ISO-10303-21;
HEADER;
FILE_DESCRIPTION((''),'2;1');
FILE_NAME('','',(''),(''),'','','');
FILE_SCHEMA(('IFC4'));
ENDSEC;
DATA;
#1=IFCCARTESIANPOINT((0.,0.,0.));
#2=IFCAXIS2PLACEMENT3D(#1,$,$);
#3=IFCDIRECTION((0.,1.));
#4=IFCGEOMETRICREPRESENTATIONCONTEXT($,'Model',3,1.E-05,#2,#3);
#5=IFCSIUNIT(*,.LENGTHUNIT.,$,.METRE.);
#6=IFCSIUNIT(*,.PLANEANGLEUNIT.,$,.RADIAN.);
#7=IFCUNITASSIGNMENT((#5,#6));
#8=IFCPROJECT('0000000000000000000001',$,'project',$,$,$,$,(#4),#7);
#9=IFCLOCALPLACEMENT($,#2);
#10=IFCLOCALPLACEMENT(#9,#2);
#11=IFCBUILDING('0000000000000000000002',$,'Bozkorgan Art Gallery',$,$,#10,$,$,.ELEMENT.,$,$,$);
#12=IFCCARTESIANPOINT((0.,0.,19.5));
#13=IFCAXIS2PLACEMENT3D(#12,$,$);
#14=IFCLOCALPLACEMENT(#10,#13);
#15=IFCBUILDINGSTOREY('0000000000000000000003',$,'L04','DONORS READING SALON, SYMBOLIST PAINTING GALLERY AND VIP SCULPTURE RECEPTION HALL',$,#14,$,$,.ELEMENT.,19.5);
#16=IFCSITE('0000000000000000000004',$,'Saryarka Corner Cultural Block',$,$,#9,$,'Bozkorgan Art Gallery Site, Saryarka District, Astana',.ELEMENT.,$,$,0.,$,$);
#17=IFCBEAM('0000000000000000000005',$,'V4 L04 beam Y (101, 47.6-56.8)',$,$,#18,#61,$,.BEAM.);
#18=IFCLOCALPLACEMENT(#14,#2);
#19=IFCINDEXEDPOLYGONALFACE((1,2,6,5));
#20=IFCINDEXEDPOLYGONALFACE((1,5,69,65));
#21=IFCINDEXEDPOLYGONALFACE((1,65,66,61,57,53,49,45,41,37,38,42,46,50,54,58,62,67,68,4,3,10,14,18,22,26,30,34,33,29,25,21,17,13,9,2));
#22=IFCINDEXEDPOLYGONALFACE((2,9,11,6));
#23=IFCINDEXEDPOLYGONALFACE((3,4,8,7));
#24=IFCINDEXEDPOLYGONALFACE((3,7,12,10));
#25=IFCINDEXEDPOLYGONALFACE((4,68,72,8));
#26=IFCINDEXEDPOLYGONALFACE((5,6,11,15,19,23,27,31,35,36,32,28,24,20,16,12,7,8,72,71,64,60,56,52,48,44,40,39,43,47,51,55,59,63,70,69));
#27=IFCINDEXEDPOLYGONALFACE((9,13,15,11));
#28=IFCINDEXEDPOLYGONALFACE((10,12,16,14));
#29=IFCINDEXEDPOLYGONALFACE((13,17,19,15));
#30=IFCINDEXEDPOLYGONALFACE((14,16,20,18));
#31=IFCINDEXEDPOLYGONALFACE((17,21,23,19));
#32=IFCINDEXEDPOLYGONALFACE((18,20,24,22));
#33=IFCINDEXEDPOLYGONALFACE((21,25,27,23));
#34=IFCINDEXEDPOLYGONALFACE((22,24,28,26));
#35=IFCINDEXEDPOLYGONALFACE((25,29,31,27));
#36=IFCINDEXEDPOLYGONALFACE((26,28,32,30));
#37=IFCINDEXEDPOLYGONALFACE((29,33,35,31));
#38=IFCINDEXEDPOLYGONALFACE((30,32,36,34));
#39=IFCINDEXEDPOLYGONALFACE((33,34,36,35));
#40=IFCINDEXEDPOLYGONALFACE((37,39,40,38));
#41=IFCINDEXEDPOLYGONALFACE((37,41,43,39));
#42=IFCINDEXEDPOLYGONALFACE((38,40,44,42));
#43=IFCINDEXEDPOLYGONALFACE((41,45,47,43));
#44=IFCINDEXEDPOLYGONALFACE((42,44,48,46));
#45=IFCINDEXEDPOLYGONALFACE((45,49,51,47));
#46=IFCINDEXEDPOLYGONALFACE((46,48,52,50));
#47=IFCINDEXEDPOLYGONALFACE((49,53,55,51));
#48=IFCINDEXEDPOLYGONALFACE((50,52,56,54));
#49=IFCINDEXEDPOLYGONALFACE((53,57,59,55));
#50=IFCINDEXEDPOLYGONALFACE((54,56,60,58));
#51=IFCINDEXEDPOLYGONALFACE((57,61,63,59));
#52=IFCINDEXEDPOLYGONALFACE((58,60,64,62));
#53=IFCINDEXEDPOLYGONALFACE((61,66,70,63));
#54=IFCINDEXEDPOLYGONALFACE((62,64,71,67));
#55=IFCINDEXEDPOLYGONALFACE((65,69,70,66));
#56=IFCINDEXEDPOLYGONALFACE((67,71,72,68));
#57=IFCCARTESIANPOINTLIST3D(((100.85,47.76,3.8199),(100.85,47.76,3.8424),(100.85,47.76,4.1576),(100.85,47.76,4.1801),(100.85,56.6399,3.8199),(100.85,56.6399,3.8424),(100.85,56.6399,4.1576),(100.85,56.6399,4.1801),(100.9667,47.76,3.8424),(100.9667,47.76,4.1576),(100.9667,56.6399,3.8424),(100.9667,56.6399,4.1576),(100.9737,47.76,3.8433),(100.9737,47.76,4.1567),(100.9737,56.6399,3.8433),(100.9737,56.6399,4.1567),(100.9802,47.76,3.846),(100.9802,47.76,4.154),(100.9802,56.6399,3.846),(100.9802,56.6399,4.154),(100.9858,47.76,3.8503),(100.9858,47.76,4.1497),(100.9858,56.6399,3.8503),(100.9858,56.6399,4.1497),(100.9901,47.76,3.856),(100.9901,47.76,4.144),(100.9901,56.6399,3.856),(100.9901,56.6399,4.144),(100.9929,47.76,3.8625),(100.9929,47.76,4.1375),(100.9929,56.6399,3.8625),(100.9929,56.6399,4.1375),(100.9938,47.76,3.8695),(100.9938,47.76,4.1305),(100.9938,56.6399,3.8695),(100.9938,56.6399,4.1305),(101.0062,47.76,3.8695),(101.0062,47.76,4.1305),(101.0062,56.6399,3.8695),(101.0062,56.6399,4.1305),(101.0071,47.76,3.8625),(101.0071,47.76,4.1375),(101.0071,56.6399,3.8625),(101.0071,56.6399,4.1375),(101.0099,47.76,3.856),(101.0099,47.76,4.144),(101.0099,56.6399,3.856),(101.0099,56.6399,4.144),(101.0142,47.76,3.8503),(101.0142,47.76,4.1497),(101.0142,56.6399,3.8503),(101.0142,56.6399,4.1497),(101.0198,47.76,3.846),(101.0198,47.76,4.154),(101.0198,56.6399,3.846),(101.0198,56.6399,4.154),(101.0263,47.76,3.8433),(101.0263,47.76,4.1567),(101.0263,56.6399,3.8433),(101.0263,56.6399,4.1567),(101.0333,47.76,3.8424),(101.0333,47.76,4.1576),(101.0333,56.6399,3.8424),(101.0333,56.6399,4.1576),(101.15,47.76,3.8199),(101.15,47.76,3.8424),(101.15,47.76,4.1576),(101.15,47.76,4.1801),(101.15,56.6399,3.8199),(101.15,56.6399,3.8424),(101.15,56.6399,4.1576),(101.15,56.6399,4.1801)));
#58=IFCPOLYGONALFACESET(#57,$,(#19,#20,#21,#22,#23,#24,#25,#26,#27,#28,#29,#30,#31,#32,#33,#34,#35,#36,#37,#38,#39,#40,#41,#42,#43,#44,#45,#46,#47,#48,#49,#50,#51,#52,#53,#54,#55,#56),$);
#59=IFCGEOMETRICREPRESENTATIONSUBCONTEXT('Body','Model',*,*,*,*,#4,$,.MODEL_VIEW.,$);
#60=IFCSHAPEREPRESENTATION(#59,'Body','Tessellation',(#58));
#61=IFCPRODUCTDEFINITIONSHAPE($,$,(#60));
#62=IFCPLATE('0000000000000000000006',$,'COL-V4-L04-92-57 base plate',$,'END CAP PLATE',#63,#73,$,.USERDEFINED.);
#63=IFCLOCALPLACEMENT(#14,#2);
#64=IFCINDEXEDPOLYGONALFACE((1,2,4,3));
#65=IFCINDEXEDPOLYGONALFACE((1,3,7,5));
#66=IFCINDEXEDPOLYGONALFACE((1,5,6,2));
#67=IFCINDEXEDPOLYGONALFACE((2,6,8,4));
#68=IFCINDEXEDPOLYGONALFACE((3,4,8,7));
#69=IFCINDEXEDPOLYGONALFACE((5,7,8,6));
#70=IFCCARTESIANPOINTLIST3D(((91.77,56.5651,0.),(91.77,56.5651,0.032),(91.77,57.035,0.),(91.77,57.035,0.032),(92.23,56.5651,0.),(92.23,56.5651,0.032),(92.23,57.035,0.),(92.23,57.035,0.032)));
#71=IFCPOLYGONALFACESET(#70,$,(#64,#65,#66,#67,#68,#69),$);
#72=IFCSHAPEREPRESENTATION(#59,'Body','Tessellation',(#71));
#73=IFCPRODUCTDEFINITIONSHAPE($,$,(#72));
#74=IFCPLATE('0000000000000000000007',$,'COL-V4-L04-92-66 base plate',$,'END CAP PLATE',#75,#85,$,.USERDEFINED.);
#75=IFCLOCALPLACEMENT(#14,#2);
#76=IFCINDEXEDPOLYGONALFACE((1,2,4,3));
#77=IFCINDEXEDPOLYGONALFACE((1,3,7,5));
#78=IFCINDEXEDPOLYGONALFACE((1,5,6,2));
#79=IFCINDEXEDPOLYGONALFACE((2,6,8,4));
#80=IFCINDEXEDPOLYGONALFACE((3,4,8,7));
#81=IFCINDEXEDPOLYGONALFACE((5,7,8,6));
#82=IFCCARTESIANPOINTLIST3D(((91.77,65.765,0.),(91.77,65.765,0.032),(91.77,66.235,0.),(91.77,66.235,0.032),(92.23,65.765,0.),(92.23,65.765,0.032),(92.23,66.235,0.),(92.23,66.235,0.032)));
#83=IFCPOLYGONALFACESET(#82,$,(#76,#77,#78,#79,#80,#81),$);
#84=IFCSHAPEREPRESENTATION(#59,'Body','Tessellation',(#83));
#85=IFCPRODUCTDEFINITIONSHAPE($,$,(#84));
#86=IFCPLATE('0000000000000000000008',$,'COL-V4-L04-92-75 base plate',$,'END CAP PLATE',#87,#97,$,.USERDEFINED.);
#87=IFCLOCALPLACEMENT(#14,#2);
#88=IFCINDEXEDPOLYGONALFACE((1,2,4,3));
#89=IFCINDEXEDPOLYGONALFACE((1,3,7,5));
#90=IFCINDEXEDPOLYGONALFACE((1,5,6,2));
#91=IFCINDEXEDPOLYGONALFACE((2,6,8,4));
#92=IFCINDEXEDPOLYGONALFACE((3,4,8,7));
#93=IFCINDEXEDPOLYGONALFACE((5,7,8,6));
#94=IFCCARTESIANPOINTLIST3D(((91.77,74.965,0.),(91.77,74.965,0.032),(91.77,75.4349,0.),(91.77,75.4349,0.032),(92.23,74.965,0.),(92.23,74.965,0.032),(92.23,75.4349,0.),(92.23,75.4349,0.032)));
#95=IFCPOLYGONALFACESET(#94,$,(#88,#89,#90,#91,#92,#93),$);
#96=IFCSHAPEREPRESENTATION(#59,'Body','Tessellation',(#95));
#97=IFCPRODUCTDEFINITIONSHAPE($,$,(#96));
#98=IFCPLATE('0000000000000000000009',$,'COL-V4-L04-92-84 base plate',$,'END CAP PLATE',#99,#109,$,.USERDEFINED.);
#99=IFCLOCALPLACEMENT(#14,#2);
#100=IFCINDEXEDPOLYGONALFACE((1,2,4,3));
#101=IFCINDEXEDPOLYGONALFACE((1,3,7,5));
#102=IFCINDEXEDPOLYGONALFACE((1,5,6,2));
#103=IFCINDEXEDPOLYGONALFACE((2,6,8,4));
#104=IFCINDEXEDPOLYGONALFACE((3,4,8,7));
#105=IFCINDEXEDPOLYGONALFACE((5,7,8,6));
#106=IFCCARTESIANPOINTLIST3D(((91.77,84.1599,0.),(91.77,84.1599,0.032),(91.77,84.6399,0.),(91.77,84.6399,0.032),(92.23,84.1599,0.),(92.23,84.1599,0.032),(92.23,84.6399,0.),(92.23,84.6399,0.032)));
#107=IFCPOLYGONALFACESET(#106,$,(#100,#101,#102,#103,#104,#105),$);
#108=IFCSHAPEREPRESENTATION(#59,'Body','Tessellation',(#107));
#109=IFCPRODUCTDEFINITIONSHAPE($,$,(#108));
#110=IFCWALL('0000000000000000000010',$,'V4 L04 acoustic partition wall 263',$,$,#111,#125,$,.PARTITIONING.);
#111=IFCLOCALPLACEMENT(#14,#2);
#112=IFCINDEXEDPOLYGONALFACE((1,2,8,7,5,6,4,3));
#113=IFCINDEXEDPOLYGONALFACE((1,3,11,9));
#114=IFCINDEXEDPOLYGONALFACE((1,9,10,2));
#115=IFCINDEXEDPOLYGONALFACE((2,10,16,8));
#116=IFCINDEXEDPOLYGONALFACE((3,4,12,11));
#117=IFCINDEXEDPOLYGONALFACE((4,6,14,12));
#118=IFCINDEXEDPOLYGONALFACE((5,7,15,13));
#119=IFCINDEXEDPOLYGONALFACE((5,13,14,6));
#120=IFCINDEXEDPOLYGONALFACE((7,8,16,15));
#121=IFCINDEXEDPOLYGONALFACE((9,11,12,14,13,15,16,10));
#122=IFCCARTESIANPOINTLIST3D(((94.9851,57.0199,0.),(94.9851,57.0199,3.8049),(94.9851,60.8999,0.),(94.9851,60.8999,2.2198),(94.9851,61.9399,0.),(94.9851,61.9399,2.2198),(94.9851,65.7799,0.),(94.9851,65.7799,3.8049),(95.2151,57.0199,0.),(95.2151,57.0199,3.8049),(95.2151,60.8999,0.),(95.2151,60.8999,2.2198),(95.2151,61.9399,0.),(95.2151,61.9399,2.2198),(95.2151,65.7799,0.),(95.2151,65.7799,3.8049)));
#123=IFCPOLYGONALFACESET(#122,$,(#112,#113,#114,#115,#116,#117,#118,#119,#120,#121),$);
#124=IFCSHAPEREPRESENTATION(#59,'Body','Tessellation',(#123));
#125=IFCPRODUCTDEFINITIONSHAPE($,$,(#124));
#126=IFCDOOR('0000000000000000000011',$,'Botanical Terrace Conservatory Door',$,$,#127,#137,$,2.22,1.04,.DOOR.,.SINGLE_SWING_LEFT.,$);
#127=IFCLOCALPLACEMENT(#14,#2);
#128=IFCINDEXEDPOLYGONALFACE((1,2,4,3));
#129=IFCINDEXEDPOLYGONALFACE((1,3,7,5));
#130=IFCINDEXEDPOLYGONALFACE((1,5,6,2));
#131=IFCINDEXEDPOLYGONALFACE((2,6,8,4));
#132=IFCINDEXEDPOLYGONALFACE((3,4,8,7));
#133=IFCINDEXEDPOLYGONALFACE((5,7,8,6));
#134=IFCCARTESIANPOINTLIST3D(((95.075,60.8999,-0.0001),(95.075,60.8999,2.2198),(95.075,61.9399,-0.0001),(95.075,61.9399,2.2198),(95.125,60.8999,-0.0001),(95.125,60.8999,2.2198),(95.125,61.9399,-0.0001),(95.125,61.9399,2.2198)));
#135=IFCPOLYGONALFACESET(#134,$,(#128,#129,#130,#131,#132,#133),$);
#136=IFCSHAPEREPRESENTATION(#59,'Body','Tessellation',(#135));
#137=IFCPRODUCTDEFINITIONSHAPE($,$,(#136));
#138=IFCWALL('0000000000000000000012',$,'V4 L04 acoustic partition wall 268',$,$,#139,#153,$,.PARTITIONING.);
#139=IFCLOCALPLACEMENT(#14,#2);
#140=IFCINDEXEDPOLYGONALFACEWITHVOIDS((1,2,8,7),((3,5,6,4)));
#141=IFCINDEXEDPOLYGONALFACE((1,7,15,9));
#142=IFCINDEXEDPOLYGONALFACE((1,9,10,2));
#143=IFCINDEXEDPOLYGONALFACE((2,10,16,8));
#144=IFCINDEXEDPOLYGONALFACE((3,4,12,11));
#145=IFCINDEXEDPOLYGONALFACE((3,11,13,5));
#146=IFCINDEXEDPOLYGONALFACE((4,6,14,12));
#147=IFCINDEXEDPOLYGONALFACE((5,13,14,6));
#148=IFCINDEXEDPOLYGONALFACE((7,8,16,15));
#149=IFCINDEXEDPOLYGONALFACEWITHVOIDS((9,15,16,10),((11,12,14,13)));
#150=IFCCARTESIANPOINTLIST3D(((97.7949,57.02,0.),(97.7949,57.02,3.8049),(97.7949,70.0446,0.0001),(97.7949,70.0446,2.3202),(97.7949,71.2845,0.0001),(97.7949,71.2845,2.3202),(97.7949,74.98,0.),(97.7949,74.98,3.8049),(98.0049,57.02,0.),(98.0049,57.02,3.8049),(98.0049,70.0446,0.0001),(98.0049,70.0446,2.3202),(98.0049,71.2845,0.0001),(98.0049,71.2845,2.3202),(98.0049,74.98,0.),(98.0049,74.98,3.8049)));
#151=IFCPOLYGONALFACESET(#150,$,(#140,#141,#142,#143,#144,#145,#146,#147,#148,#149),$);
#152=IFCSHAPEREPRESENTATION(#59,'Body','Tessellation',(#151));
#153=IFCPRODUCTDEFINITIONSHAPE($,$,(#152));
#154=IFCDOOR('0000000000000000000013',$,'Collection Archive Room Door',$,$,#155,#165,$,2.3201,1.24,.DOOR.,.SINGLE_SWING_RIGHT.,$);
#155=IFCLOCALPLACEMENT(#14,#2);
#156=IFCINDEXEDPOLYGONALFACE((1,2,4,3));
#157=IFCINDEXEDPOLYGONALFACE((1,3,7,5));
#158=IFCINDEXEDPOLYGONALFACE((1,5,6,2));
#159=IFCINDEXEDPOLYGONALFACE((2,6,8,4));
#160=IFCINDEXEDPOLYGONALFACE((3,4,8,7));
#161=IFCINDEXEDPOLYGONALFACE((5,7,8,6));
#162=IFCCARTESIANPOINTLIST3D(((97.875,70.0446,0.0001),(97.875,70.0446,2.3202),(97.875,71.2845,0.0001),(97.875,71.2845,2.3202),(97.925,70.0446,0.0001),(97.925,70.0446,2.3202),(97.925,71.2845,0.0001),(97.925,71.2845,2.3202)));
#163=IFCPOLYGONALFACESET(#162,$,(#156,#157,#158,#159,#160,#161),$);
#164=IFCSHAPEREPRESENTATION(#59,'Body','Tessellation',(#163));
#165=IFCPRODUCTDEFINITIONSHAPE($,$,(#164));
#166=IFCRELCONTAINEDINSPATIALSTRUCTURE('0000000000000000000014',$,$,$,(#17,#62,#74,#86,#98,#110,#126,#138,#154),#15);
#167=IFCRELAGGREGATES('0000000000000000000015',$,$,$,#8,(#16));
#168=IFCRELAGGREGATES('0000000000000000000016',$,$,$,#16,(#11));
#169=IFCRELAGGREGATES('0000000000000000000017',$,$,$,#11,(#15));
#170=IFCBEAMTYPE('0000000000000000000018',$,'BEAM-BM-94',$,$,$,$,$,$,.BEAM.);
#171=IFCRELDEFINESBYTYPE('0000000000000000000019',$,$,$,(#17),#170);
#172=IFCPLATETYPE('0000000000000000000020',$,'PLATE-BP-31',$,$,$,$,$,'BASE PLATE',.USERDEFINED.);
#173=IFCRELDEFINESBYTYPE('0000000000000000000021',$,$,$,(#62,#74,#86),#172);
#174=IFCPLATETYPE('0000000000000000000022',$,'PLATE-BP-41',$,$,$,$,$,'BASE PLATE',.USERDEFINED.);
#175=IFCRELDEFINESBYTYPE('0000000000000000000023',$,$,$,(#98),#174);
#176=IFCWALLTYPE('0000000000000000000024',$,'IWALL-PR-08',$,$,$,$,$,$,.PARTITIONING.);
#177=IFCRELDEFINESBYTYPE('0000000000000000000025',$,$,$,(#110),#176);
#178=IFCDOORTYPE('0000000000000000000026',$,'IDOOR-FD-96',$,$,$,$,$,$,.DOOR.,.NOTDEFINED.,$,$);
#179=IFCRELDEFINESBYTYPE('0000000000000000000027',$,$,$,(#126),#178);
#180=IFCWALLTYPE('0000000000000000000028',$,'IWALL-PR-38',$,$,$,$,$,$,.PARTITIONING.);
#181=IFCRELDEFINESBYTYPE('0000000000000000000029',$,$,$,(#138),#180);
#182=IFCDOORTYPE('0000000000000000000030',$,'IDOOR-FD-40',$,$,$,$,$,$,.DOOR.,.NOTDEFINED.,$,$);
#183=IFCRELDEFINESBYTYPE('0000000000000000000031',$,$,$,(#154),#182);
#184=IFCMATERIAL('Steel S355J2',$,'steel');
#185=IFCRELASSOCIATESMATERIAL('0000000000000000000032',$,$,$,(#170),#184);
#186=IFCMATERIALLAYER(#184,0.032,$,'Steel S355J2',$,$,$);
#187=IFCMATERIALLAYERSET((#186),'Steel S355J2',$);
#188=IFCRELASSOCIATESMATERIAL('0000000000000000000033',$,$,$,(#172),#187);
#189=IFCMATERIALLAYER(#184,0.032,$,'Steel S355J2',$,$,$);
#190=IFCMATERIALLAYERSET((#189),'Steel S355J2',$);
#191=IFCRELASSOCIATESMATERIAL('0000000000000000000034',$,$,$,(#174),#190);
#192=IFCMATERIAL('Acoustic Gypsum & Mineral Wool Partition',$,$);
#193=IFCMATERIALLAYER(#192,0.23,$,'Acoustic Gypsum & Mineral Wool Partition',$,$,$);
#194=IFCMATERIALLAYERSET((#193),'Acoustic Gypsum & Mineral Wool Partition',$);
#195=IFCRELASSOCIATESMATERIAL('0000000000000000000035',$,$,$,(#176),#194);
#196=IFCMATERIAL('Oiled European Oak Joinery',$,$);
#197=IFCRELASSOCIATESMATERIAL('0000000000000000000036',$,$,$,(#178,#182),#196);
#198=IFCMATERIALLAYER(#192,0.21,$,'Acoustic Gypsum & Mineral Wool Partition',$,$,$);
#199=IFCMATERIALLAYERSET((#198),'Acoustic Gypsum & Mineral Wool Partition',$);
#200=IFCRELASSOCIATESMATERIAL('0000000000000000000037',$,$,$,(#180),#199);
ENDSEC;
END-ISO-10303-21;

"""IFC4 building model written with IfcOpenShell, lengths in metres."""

from ifc_helpers import new_model, si_unit, direction, frame, frame_2d, origin, origin_2d, place, context, subcontext, project, spatial, rectangle, i_section, extrude, material, layer, layer_set, material_profile, profile_set, type_object, element, fill, save


model = new_model("IFC4")

# Units and contexts
model_context = context("Model", 3, precision=1e-05, world=origin(), true_north=direction((0.0, 1.0)))
body_context = subcontext(model_context, "Body", "Model", "MODEL_VIEW")
ifc_project = project(units=[si_unit("LENGTHUNIT", "METRE"), si_unit("PLANEANGLEUNIT", "RADIAN")], contexts=[model_context])

# Site, building, storey
site_placement = place(None, origin())
site = spatial("IfcSite", under=ifc_project, at=site_placement, Name="Saryarka Corner Cultural Block", LongName="Bozkorgan Art Gallery Site, Saryarka District, Astana", CompositionType="ELEMENT", RefElevation=0.0)
building_placement = place(site_placement, origin())
building = spatial("IfcBuilding", under=site, at=building_placement, Name="Bozkorgan Art Gallery", CompositionType="ELEMENT")
storey_placement = place(building_placement, frame((0.0, 0.0, 19.5)))
storey = spatial("IfcBuildingStorey", under=building, at=storey_placement, Name="L04", Description="DONORS READING SALON, SYMBOLIST PAINTING GALLERY AND VIP SCULPTURE RECEPTION HALL", CompositionType="ELEMENT", Elevation=19.5)

# Shared definitions
ifc_material_1 = material(Name="Steel S355J2", Category="steel")

# Beam
ifc_material_profile_1 = material_profile(ifc_material_1, i_section(OverallWidth=0.3, OverallDepth=0.3601, WebThickness=0.0125, FlangeThickness=0.0225, FilletRadius=0.0271, at=origin_2d()), Name="HEB 360")
ifc_profile_set_1 = profile_set([ifc_material_profile_1], Name="Steel S355J2")
beam_type = type_object("IfcBeamType", Name="BEAM-BM-94", PredefinedType="BEAM", material=ifc_profile_set_1)
beam_1_placement = place(storey_placement, frame((101.0, 47.76, 4.0), z_axis=(0.0, 1.0, 0.0), x_axis=(-1.0, 0.0, 0.0)))
element("IfcBeam", 1, at=beam_1_placement, inside=storey, type_object=beam_type, Name="V4 L04 beam Y (101, 47.6-56.8)", PredefinedType="BEAM", context=body_context, shape_type="SweptSolid", body=[
    extrude(i_section(OverallWidth=0.3, OverallDepth=0.3601, WebThickness=0.0125, FlangeThickness=0.0225, FilletRadius=0.0271, at=origin_2d()), origin(), (0.0, 0.0, 1.0), 8.8799),
])

# Plates
ifc_layer_1 = layer(ifc_material_1, 0.032, Name="Steel S355J2")
ifc_layer_set_1 = layer_set([ifc_layer_1], Name="Steel S355J2")
plate_type_1 = type_object("IfcPlateType", Name="PLATE-BP-31", ElementType="BASE PLATE", PredefinedType="USERDEFINED", material=ifc_layer_set_1)
for number, where, z_axis, x_axis, name in (
    (2, (92.0, 56.8, 0.0), (0.0, 0.0, 1.0), (1.0, 0.0, 0.0), "COL-V4-L04-92-57 base plate"),
    (3, (92.0, 66.0, 0.0), (0.0, 0.0, 1.0), (1.0, 0.0, 0.0), "COL-V4-L04-92-66 base plate"),
    (4, (92.0, 75.2, 0.0), (0.0, 0.0, 1.0), (1.0, 0.0, 0.0), "COL-V4-L04-92-75 base plate"),
):
    element("IfcPlate", number, at=place(storey_placement, frame(where, z_axis=z_axis, x_axis=x_axis)), inside=storey, type_object=plate_type_1, Name=name, ObjectType="END CAP PLATE", PredefinedType="USERDEFINED", context=body_context, shape_type="SweptSolid", body=[
        extrude(rectangle(XDim=0.46, YDim=0.47, at=origin_2d()), origin(), (0.0, 0.0, 1.0), 0.032),
    ])
ifc_layer_2 = layer(ifc_material_1, 0.032, Name="Steel S355J2")
ifc_layer_set_2 = layer_set([ifc_layer_2], Name="Steel S355J2")
plate_type_2 = type_object("IfcPlateType", Name="PLATE-BP-41", ElementType="BASE PLATE", PredefinedType="USERDEFINED", material=ifc_layer_set_2)
plate_placement = place(storey_placement, frame((92.0, 84.3999, 0.0), z_axis=(0.0, 0.0, 1.0), x_axis=(1.0, 0.0, 0.0)))
element("IfcPlate", 5, at=plate_placement, inside=storey, type_object=plate_type_2, Name="COL-V4-L04-92-84 base plate", ObjectType="END CAP PLATE", PredefinedType="USERDEFINED", context=body_context, shape_type="SweptSolid", body=[
    extrude(rectangle(XDim=0.46, YDim=0.48, at=origin_2d()), origin(), (0.0, 0.0, 1.0), 0.032),
])

# Walls, openings, doors
ifc_material_2 = material(Name="Acoustic Gypsum & Mineral Wool Partition")
ifc_layer_3 = layer(ifc_material_2, 0.23, Name="Acoustic Gypsum & Mineral Wool Partition")
ifc_layer_set_3 = layer_set([ifc_layer_3], Name="Acoustic Gypsum & Mineral Wool Partition")
wall_type_1 = type_object("IfcWallType", Name="IWALL-PR-08", PredefinedType="PARTITIONING", material=ifc_layer_set_3)
wall_1_placement = place(storey_placement, frame((95.1001, 57.02, 0.0), z_axis=(0.0, 0.0, 1.0), x_axis=(0.0, 1.0, 0.0)))
wall_1 = element("IfcWall", 6, at=wall_1_placement, inside=storey, type_object=wall_type_1, Name="V4 L04 acoustic partition wall 263", PredefinedType="PARTITIONING", context=body_context, shape_type="SweptSolid", body=[
    extrude(rectangle(XDim=8.76, YDim=0.23, at=frame_2d((4.3799, 0.0))), origin(), (0.0, 0.0, 1.0), 3.8049),
])
opening_1_placement = place(wall_1_placement, frame((4.9199, 0.0, 0.0), z_axis=(0.0, 0.0, 1.0), x_axis=(-1.0, 0.0, 0.0)))
opening_1 = element("IfcOpeningElement", 7, at=opening_1_placement, cuts=wall_1, PredefinedType="OPENING", context=body_context, shape_type="SweptSolid", body=[
    extrude(rectangle(XDim=1.04, YDim=2.22, at=frame_2d((0.52, 1.1099))), frame((0.0, 0.125, 0.0), z_axis=(0.0, -1.0, 0.0), x_axis=(1.0, 0.0, 0.0)), (0.0, 0.0, 1.0), 0.25),
])
ifc_material_3 = material(Name="Oiled European Oak Joinery")
door_type_1 = type_object("IfcDoorType", Name="IDOOR-FD-96", OperationType="NOTDEFINED", PredefinedType="DOOR", material=ifc_material_3)
door_1_placement = place(opening_1_placement, origin())
door_1 = element("IfcDoor", 8, at=door_1_placement, inside=storey, type_object=door_type_1, Name="Botanical Terrace Conservatory Door", OperationType="SINGLE_SWING_LEFT", OverallHeight=2.22, OverallWidth=1.04, PredefinedType="DOOR", context=body_context, shape_type="SweptSolid", body=[
    extrude(rectangle(XDim=1.04, YDim=2.22, at=frame_2d((0.52, 1.1099))), frame((0.0, 0.0249, 0.0), z_axis=(0.0, -1.0, 0.0), x_axis=(1.0, 0.0, 0.0)), (0.0, 0.0, 1.0), 0.05),
])
fill(opening_1, door_1)
ifc_layer_4 = layer(ifc_material_2, 0.21, Name="Acoustic Gypsum & Mineral Wool Partition")
ifc_layer_set_4 = layer_set([ifc_layer_4], Name="Acoustic Gypsum & Mineral Wool Partition")
wall_type_2 = type_object("IfcWallType", Name="IWALL-PR-38", PredefinedType="PARTITIONING", material=ifc_layer_set_4)
wall_2_placement = place(storey_placement, frame((97.8999, 57.02, 0.0), z_axis=(0.0, 0.0, 1.0), x_axis=(0.0, 1.0, 0.0)))
wall_2 = element("IfcWall", 9, at=wall_2_placement, inside=storey, type_object=wall_type_2, Name="V4 L04 acoustic partition wall 268", PredefinedType="PARTITIONING", context=body_context, shape_type="SweptSolid", body=[
    extrude(rectangle(XDim=17.96, YDim=0.21, at=frame_2d((8.98, 0.0))), origin(), (0.0, 0.0, 1.0), 3.8049),
])
opening_2_placement = place(wall_2_placement, frame((13.0244, 0.0, 0.0)))
opening_2 = element("IfcOpeningElement", 10, at=opening_2_placement, cuts=wall_2, PredefinedType="OPENING", context=body_context, shape_type="SweptSolid", body=[
    extrude(rectangle(XDim=1.24, YDim=2.3201, at=frame_2d((0.6201, 1.1602))), frame((0.0, 0.115, 0.0), z_axis=(0.0, -1.0, 0.0), x_axis=(1.0, 0.0, 0.0)), (0.0, 0.0, 1.0), 0.23),
])
door_type_2 = type_object("IfcDoorType", Name="IDOOR-FD-40", OperationType="NOTDEFINED", PredefinedType="DOOR", material=ifc_material_3)
door_2_placement = place(opening_2_placement, origin())
door_2 = element("IfcDoor", 11, at=door_2_placement, inside=storey, type_object=door_type_2, Name="Collection Archive Room Door", OperationType="SINGLE_SWING_RIGHT", OverallHeight=2.3201, OverallWidth=1.24, PredefinedType="DOOR", context=body_context, shape_type="SweptSolid", body=[
    extrude(rectangle(XDim=1.24, YDim=2.3201, at=frame_2d((0.6201, 1.1602))), frame((0.0, 0.0249, 0.0), z_axis=(0.0, -1.0, 0.0), x_axis=(1.0, 0.0, 0.0)), (0.0, 0.0, 1.0), 0.05),
])
fill(opening_2, door_2)

save(model, "model.ifc")
